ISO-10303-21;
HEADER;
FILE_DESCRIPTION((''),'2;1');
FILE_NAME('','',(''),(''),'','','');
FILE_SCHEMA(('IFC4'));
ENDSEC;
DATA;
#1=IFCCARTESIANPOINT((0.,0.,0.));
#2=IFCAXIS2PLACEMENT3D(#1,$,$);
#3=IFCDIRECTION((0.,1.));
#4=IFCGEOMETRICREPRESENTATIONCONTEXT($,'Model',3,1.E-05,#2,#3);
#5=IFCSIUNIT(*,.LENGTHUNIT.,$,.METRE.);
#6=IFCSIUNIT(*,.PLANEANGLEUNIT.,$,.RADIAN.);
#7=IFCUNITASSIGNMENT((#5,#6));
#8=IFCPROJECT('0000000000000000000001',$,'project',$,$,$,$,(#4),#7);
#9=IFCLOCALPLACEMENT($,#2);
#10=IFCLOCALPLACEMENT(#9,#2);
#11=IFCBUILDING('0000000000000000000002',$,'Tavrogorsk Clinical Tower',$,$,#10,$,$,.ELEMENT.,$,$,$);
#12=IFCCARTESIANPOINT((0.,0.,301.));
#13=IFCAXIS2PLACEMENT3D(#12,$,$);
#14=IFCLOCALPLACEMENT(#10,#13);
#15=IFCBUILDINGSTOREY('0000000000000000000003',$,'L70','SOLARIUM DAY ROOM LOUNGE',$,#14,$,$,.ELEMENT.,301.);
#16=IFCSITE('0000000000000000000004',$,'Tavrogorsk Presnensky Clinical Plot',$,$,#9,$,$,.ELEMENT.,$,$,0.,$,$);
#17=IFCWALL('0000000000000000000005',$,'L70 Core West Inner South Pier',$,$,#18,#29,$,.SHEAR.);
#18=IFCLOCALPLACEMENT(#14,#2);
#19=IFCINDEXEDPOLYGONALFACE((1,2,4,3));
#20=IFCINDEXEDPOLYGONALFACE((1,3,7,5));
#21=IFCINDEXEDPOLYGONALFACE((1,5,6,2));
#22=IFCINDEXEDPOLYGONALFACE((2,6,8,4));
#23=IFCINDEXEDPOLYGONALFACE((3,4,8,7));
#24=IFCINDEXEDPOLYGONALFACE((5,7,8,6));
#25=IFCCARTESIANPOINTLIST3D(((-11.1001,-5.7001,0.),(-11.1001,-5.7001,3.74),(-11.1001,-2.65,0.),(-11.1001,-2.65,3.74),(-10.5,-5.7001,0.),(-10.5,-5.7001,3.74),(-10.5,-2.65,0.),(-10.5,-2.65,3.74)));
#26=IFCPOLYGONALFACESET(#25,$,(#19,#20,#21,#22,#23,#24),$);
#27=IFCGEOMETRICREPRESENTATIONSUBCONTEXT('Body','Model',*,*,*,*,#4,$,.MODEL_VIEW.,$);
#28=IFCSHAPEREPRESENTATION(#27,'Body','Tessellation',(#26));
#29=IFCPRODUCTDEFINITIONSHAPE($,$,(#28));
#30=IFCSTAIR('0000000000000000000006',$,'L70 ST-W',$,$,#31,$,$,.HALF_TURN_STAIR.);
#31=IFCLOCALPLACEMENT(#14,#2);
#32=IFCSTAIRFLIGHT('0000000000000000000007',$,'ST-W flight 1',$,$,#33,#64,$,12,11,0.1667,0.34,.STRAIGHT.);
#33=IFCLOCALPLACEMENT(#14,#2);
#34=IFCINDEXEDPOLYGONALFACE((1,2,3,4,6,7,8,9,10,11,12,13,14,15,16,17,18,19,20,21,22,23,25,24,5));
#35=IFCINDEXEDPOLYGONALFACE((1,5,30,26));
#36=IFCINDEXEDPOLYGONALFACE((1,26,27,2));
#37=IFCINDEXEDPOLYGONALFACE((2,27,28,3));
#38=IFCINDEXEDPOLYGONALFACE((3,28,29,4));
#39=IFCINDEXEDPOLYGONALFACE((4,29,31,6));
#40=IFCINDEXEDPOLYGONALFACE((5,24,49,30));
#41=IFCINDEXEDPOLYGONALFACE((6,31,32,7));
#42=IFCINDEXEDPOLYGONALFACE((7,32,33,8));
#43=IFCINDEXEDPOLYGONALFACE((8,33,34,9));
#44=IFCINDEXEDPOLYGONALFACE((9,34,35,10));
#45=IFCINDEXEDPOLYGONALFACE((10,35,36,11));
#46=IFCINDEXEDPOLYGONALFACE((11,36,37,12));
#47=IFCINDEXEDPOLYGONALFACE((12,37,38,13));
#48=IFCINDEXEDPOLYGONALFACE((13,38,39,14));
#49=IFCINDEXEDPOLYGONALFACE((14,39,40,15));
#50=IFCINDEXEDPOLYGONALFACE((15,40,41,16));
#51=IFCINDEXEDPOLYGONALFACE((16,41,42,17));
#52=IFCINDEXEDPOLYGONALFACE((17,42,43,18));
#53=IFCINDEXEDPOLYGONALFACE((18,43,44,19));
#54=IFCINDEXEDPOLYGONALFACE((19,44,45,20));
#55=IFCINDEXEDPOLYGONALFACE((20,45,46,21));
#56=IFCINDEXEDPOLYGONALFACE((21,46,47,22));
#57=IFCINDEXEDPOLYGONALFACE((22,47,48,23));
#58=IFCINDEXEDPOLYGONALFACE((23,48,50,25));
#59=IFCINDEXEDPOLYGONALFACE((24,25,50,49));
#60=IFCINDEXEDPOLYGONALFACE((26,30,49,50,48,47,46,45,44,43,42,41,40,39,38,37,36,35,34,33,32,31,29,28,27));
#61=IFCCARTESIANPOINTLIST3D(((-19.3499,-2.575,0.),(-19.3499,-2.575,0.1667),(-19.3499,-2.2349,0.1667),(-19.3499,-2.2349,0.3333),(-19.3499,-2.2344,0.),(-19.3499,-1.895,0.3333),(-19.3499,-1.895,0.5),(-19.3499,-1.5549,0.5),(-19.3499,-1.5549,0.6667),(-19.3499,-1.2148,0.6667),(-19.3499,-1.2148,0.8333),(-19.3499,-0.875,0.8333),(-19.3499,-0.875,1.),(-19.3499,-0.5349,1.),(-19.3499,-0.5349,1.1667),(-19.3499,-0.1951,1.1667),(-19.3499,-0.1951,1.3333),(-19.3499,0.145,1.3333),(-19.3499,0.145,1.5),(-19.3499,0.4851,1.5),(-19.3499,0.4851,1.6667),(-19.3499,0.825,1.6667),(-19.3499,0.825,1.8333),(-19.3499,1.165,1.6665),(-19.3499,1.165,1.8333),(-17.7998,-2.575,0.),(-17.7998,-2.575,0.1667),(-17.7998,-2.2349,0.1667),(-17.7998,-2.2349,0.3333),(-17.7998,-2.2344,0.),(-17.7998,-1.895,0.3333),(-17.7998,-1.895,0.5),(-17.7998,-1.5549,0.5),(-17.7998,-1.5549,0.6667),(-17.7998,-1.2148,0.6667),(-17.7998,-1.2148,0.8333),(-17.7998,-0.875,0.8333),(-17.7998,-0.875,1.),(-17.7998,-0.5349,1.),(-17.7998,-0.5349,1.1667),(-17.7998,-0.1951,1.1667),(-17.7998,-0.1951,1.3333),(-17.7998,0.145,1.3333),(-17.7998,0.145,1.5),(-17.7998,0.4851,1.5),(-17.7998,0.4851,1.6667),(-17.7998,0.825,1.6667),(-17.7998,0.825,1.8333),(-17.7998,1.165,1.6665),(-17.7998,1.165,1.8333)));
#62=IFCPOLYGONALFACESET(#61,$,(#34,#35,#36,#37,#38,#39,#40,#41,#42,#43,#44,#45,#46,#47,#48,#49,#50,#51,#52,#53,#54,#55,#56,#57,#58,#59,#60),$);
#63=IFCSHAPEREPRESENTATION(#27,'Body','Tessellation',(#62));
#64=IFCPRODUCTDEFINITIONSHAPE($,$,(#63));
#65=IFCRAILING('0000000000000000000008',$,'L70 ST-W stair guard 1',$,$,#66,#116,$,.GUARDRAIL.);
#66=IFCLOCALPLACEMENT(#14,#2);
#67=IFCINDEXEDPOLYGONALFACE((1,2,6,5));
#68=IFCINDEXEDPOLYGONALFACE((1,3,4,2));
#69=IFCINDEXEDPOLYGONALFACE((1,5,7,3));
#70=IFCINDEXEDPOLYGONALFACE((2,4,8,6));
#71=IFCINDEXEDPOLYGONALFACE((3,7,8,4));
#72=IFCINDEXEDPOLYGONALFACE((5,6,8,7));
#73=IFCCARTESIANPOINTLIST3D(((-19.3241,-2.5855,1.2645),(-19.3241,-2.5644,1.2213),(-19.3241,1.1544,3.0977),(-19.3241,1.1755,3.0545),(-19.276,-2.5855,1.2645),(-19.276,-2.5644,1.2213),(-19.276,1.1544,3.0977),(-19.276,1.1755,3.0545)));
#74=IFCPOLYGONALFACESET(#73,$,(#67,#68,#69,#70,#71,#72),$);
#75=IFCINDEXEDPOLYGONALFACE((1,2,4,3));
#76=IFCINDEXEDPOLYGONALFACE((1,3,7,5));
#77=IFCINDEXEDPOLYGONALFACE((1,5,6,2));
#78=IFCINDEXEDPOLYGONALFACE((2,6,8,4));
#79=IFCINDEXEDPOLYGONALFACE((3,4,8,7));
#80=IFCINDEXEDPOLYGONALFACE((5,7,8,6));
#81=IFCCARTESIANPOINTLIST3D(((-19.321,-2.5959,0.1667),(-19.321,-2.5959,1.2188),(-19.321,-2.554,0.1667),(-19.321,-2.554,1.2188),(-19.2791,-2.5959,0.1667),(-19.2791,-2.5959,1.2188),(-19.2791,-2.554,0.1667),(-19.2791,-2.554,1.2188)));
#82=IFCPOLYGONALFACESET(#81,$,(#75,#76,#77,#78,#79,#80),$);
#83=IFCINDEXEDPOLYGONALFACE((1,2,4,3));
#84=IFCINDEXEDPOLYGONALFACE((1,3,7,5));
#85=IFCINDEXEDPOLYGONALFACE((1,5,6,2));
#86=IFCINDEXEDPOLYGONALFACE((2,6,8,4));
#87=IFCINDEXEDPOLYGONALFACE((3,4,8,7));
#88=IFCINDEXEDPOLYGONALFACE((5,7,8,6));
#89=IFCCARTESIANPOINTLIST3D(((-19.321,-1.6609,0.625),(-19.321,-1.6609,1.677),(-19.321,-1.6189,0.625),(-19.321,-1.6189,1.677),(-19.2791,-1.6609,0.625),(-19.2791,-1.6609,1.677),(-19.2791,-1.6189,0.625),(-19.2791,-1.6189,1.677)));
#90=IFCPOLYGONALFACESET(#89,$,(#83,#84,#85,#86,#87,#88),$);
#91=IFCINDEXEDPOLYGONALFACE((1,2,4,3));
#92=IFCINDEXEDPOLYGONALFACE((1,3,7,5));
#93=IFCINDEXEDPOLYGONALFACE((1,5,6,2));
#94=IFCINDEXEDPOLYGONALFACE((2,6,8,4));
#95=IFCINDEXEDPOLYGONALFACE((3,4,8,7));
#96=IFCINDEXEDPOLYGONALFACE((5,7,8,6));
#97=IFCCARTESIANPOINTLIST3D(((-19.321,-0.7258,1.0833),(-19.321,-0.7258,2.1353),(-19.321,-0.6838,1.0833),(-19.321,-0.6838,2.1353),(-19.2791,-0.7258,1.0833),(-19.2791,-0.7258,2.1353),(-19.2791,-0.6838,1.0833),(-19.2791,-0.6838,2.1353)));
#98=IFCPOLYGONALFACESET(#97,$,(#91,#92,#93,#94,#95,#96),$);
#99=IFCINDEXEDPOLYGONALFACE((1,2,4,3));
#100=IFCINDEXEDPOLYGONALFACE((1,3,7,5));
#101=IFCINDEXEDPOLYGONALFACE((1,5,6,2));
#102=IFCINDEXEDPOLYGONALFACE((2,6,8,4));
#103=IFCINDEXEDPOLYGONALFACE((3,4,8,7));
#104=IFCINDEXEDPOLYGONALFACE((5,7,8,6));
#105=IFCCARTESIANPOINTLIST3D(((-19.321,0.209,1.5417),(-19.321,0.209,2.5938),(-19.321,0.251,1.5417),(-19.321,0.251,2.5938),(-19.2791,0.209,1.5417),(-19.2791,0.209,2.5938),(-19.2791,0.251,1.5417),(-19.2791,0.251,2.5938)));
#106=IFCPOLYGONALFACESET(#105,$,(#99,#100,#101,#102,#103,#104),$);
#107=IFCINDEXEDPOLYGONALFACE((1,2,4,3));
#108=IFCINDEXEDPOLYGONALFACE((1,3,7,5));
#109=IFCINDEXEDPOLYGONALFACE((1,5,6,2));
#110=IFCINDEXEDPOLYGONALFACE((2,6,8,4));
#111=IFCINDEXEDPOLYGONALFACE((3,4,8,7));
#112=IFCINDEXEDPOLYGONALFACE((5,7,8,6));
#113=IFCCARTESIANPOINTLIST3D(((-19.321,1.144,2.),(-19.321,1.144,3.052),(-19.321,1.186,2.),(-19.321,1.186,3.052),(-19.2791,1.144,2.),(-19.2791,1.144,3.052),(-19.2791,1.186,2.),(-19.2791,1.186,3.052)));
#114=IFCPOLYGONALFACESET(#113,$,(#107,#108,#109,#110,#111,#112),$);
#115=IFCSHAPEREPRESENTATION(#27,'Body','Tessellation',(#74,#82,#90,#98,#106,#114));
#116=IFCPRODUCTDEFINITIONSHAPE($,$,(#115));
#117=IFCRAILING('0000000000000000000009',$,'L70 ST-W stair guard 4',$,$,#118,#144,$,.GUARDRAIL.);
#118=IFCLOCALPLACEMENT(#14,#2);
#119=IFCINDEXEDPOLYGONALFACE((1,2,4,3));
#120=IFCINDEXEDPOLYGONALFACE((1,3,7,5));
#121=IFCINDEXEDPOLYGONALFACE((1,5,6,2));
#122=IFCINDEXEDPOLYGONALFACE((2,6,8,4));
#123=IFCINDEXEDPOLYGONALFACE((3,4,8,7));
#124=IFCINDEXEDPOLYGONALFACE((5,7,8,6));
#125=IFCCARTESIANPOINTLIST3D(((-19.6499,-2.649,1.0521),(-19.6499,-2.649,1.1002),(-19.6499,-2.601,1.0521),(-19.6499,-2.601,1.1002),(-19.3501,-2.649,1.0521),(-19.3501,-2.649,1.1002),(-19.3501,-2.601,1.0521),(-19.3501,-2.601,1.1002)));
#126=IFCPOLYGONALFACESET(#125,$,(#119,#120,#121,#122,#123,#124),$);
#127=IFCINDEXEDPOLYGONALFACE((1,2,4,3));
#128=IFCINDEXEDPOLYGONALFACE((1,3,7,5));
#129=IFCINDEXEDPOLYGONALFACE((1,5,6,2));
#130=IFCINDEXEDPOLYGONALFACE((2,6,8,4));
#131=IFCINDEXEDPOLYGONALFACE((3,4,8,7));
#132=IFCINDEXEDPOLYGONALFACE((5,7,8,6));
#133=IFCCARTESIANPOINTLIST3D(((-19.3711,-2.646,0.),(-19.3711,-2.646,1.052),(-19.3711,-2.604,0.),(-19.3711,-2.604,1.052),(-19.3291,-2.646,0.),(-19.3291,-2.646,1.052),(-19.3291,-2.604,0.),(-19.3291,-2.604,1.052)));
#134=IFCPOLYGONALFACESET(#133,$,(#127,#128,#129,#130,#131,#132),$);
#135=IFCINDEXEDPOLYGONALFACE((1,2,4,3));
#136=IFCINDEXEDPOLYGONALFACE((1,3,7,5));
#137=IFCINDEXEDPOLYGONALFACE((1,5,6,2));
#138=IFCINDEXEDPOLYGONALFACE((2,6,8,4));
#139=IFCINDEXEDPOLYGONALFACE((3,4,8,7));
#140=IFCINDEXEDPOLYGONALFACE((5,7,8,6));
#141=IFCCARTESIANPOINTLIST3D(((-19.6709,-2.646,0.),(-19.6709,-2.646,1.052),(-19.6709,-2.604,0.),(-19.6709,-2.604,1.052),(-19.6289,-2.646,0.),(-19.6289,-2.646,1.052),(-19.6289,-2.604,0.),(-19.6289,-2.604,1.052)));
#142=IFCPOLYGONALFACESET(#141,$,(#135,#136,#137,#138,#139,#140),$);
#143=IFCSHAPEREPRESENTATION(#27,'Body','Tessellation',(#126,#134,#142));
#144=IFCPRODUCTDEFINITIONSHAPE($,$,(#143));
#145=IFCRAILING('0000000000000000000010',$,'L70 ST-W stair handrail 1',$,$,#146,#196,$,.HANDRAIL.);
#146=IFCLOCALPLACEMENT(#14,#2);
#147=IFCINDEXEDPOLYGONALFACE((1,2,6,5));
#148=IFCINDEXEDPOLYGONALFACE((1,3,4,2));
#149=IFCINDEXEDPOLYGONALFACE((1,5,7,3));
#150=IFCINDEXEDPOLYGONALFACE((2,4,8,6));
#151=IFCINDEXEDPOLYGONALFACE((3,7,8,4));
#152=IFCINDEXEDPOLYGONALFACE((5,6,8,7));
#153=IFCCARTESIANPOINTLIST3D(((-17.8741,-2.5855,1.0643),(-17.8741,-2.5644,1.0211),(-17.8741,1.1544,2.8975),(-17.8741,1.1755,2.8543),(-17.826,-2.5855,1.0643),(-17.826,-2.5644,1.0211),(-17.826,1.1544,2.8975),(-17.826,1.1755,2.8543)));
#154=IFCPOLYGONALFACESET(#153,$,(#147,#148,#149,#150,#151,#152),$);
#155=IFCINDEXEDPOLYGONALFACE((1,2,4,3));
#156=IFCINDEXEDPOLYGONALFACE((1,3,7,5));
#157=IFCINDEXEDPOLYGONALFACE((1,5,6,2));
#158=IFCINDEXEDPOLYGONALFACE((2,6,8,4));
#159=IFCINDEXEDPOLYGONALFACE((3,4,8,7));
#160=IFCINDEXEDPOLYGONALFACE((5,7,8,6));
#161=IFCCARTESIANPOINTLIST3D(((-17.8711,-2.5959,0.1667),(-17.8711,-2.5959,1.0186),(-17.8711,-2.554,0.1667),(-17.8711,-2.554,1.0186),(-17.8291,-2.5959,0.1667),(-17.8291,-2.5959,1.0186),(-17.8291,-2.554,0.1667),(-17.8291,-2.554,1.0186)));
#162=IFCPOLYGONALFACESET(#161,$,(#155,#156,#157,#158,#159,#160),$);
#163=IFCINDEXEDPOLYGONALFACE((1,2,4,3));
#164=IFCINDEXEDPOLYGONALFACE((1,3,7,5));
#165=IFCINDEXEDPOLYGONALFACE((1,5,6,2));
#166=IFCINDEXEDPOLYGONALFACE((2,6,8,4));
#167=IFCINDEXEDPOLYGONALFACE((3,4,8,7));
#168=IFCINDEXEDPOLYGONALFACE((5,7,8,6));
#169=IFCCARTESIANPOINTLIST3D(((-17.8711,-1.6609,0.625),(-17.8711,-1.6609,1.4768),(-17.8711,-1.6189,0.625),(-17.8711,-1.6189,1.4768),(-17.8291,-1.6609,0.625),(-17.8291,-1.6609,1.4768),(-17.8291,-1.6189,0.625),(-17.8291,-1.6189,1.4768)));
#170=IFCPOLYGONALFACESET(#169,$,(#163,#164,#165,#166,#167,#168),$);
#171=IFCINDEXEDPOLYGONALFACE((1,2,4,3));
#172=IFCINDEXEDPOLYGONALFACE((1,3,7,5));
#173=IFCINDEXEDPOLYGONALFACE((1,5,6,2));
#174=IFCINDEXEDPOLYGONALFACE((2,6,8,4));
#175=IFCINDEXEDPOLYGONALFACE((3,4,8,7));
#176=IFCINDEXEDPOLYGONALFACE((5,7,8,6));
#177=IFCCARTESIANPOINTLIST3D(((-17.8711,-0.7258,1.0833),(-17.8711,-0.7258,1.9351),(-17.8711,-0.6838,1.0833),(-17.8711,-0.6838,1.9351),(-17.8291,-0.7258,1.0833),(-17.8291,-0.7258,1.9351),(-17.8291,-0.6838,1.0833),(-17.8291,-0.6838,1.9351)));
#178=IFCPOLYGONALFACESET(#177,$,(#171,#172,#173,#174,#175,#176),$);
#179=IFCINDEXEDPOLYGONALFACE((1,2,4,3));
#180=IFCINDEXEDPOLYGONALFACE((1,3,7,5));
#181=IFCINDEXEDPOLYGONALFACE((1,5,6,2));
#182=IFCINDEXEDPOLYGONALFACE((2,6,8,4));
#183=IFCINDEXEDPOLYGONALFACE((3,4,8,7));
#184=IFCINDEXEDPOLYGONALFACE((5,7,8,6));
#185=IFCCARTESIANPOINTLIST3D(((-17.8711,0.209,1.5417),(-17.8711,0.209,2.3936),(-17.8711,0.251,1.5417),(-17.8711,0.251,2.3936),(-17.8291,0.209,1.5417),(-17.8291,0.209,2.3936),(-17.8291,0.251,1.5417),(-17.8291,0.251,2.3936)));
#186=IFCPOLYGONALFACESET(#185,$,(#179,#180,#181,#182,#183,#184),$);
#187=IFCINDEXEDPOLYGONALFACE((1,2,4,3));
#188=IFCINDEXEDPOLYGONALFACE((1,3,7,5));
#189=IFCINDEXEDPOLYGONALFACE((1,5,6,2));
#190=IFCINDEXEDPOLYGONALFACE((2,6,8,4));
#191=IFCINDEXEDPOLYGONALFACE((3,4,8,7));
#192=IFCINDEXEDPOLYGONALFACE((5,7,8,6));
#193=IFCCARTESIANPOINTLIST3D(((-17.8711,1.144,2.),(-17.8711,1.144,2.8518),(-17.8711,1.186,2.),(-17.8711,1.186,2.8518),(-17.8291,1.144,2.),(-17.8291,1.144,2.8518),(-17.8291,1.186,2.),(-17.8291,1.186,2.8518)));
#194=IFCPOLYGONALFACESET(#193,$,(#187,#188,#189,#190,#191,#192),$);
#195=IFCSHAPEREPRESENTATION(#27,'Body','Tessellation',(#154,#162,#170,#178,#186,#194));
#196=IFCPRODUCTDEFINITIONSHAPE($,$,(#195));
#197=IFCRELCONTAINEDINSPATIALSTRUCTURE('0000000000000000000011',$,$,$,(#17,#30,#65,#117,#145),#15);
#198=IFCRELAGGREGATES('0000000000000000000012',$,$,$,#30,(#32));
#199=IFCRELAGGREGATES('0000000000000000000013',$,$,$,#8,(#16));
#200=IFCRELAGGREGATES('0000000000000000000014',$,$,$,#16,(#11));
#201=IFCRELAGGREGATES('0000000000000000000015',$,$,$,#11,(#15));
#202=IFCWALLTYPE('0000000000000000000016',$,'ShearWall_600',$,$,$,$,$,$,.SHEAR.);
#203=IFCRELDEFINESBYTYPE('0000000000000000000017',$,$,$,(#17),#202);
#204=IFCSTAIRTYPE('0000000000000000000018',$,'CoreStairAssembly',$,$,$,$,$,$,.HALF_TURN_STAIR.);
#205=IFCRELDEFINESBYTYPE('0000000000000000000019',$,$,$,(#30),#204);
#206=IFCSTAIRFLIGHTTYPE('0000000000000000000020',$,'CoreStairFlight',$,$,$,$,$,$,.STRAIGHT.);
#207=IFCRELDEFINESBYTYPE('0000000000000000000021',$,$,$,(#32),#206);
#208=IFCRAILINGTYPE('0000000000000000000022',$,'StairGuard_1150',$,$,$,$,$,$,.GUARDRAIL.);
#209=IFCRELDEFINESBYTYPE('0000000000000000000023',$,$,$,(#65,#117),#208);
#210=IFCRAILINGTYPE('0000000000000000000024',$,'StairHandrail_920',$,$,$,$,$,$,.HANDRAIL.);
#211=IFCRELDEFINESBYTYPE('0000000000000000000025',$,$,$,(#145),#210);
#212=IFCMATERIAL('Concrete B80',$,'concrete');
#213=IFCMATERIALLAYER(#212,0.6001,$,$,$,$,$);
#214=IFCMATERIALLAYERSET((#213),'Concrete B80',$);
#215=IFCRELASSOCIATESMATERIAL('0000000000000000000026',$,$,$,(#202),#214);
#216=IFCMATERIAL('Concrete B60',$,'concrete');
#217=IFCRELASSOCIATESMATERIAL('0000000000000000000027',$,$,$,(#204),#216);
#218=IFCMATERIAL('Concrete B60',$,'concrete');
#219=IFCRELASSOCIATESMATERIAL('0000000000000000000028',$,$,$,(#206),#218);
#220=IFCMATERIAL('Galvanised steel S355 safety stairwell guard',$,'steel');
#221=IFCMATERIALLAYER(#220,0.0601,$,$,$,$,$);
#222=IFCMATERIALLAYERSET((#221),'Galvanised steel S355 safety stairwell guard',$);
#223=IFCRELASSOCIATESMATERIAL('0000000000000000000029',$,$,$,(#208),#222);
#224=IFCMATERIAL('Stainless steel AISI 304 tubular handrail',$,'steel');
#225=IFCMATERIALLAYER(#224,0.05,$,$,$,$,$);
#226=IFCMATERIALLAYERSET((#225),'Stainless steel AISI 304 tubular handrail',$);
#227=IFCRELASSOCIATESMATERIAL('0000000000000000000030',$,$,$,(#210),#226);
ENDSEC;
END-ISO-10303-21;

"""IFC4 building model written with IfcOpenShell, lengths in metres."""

from ifc_helpers import new_model, si_unit, direction, frame, frame_2d, origin, origin_2d, place, context, subcontext, project, spatial, polyline, rectangle, outline, extrude, material, layer, layer_set, type_object, element, aggregate, save


model = new_model("IFC4")

# Units and contexts
model_context = context("Model", 3, precision=1e-05, world=origin(), true_north=direction((0.0, 1.0)))
body_context = subcontext(model_context, "Body", "Model", "MODEL_VIEW")
ifc_project = project(units=[si_unit("LENGTHUNIT", "METRE"), si_unit("PLANEANGLEUNIT", "RADIAN")], contexts=[model_context])

# Site, building, storey
site_placement = place(None, origin())
site = spatial("IfcSite", under=ifc_project, at=site_placement, Name="Tavrogorsk Presnensky Clinical Plot", CompositionType="ELEMENT", RefElevation=0.0)
building_placement = place(site_placement, origin())
building = spatial("IfcBuilding", under=site, at=building_placement, Name="Tavrogorsk Clinical Tower", CompositionType="ELEMENT")
storey_placement = place(building_placement, frame((0.0, 0.0, 301.0)))
storey = spatial("IfcBuildingStorey", under=building, at=storey_placement, Name="L70", Description="SOLARIUM DAY ROOM LOUNGE", CompositionType="ELEMENT", Elevation=301.0)

# Wall
ifc_material_1 = material(Name="Concrete B80", Category="concrete")
ifc_layer_1 = layer(ifc_material_1, 0.6001)
ifc_layer_set_1 = layer_set([ifc_layer_1], Name="Concrete B80")
wall_type_1 = type_object("IfcWallType", Name="ShearWall_600", PredefinedType="SHEAR", material=ifc_layer_set_1)
wall_1_placement = place(storey_placement, frame((-10.8, -5.7, 0.0), z_axis=(0.0, 0.0, 1.0), x_axis=(0.0, 1.0, 0.0)))
element("IfcWall", 1, at=wall_1_placement, inside=storey, type_object=wall_type_1, Name="L70 Core West Inner South Pier", PredefinedType="SHEAR", context=body_context, shape_type="SweptSolid", body=[
    extrude(rectangle(XDim=3.05, YDim=0.6001, at=frame_2d((1.5249, 0.0))), origin(), (0.0, 0.0, 1.0), 3.74),
])

# Stair, stair flight
ifc_material_2 = material(Name="Concrete B60", Category="concrete")
stair_type = type_object("IfcStairType", Name="CoreStairAssembly", PredefinedType="HALF_TURN_STAIR", material=ifc_material_2)
stair_placement = place(storey_placement, origin())
stair = element("IfcStair", 2, at=stair_placement, inside=storey, type_object=stair_type, Name="L70 ST-W", PredefinedType="HALF_TURN_STAIR")
ifc_material_3 = material(Name="Concrete B60", Category="concrete")
stair_flight_type = type_object("IfcStairFlightType", Name="CoreStairFlight", PredefinedType="STRAIGHT", material=ifc_material_3)
stair_flight_placement = place(storey_placement, frame((-18.575, -2.575, 0.0), z_axis=(0.0, 0.0, 1.0), x_axis=(0.0, 1.0, 0.0)))
stair_flight = element("IfcStairFlight", 3, at=stair_flight_placement, type_object=stair_flight_type, Name="ST-W flight 1", NumberOfRisers=12, NumberOfTreads=11, PredefinedType="STRAIGHT", RiserHeight=0.1667, TreadLength=0.34, context=body_context, shape_type="SweptSolid", body=[
    extrude(outline(polyline([(0.0, 0.0), (0.0, 0.1667), (0.3401, 0.1667), (0.3401, 0.3333), (0.6799, 0.3333), (0.6799, 0.5), (1.02, 0.5), (1.02, 0.6667), (1.3601, 0.6667), (1.3601, 0.8333), (1.7, 0.8333), (1.7, 1.0), (2.04, 1.0), (2.04, 1.1667), (2.3799, 1.1667), (2.3799, 1.3333), (2.72, 1.3333), (2.72, 1.5), (3.0601, 1.5), (3.0601, 1.6667), (3.3999, 1.6667), (3.3999, 1.8333), (3.74, 1.8333), (3.74, 2.0), (3.74, 1.6665), (0.3406, 0.0), (0.0, 0.0)])), frame((0.0, 0.7749, 0.0), z_axis=(0.0, -1.0, 0.0), x_axis=(1.0, 0.0, 0.0)), (0.0, 0.0, 1.0), 1.55),
])
aggregate(stair, [stair_flight])

# Railings
ifc_material_4 = material(Name="Galvanised steel S355 safety stairwell guard", Category="steel")
ifc_layer_2 = layer(ifc_material_4, 0.0601)
ifc_layer_set_2 = layer_set([ifc_layer_2], Name="Galvanised steel S355 safety stairwell guard")
railing_type_1 = type_object("IfcRailingType", Name="StairGuard_1150", PredefinedType="GUARDRAIL", material=ifc_layer_set_2)
railing_1_placement = place(storey_placement, frame((-19.3, -2.575, 0.1667)))
element("IfcRailing", 4, at=railing_1_placement, inside=storey, type_object=railing_type_1, Name="L70 ST-W stair guard 1", PredefinedType="GUARDRAIL", context=body_context, shape_type="SweptSolid", body=[
    extrude(rectangle(XDim=0.0481, YDim=0.0481, at=origin_2d()), frame((0.0, 0.0, 1.0762), z_axis=(0.0, 0.897928, 0.440142), x_axis=(-1.0, 0.0, 0.0)), (0.0, 0.0, 1.0), 4.165),
    extrude(rectangle(XDim=0.042, YDim=0.042, at=origin_2d()), origin(), (0.0, 0.0, 1.0), 1.052),
    extrude(rectangle(XDim=0.042, YDim=0.042, at=origin_2d()), frame((0.0, 0.9351, 0.4583)), (0.0, 0.0, 1.0), 1.052),
    extrude(rectangle(XDim=0.042, YDim=0.042, at=origin_2d()), frame((0.0, 1.8701, 0.9165)), (0.0, 0.0, 1.0), 1.052),
    extrude(rectangle(XDim=0.042, YDim=0.042, at=origin_2d()), frame((0.0, 2.8049, 1.375)), (0.0, 0.0, 1.0), 1.052),
    extrude(rectangle(XDim=0.042, YDim=0.042, at=origin_2d()), frame((0.0, 3.74, 1.8333)), (0.0, 0.0, 1.0), 1.052),
])
railing_2_placement = place(storey_placement, frame((-19.3501, -2.625, 0.0)))
element("IfcRailing", 5, at=railing_2_placement, inside=storey, type_object=railing_type_1, Name="L70 ST-W stair guard 4", PredefinedType="GUARDRAIL", context=body_context, shape_type="SweptSolid", body=[
    extrude(rectangle(XDim=0.0481, YDim=0.0481, at=origin_2d()), frame((0.0, 0.0, 1.0762), z_axis=(-1.0, 0.0, 0.0), x_axis=(0.0, -1.0, 0.0)), (0.0, 0.0, 1.0), 0.2998),
    extrude(rectangle(XDim=0.042, YDim=0.042, at=origin_2d()), origin(), (0.0, 0.0, 1.0), 1.052),
    extrude(rectangle(XDim=0.042, YDim=0.042, at=origin_2d()), frame((-0.2998, 0.0, 0.0)), (0.0, 0.0, 1.0), 1.052),
])
ifc_material_5 = material(Name="Stainless steel AISI 304 tubular handrail", Category="steel")
ifc_layer_3 = layer(ifc_material_5, 0.05)
ifc_layer_set_3 = layer_set([ifc_layer_3], Name="Stainless steel AISI 304 tubular handrail")
railing_type_2 = type_object("IfcRailingType", Name="StairHandrail_920", PredefinedType="HANDRAIL", material=ifc_layer_set_3)
railing_3_placement = place(storey_placement, frame((-17.8501, -2.575, 0.1667)))
element("IfcRailing", 6, at=railing_3_placement, inside=storey, type_object=railing_type_2, Name="L70 ST-W stair handrail 1", PredefinedType="HANDRAIL", context=body_context, shape_type="SweptSolid", body=[
    extrude(rectangle(XDim=0.0481, YDim=0.0481, at=origin_2d()), frame((0.0, 0.0, 0.876), z_axis=(0.0, 0.897928, 0.440142), x_axis=(-1.0, 0.0, 0.0)), (0.0, 0.0, 1.0), 4.165),
    extrude(rectangle(XDim=0.042, YDim=0.042, at=origin_2d()), origin(), (0.0, 0.0, 1.0), 0.8518),
    extrude(rectangle(XDim=0.042, YDim=0.042, at=origin_2d()), frame((0.0, 0.9351, 0.4583)), (0.0, 0.0, 1.0), 0.8518),
    extrude(rectangle(XDim=0.042, YDim=0.042, at=origin_2d()), frame((0.0, 1.8701, 0.9165)), (0.0, 0.0, 1.0), 0.8518),
    extrude(rectangle(XDim=0.042, YDim=0.042, at=origin_2d()), frame((0.0, 2.8049, 1.375)), (0.0, 0.0, 1.0), 0.8518),
    extrude(rectangle(XDim=0.042, YDim=0.042, at=origin_2d()), frame((0.0, 3.74, 1.8333)), (0.0, 0.0, 1.0), 0.8518),
])

save(model, "model.ifc")
